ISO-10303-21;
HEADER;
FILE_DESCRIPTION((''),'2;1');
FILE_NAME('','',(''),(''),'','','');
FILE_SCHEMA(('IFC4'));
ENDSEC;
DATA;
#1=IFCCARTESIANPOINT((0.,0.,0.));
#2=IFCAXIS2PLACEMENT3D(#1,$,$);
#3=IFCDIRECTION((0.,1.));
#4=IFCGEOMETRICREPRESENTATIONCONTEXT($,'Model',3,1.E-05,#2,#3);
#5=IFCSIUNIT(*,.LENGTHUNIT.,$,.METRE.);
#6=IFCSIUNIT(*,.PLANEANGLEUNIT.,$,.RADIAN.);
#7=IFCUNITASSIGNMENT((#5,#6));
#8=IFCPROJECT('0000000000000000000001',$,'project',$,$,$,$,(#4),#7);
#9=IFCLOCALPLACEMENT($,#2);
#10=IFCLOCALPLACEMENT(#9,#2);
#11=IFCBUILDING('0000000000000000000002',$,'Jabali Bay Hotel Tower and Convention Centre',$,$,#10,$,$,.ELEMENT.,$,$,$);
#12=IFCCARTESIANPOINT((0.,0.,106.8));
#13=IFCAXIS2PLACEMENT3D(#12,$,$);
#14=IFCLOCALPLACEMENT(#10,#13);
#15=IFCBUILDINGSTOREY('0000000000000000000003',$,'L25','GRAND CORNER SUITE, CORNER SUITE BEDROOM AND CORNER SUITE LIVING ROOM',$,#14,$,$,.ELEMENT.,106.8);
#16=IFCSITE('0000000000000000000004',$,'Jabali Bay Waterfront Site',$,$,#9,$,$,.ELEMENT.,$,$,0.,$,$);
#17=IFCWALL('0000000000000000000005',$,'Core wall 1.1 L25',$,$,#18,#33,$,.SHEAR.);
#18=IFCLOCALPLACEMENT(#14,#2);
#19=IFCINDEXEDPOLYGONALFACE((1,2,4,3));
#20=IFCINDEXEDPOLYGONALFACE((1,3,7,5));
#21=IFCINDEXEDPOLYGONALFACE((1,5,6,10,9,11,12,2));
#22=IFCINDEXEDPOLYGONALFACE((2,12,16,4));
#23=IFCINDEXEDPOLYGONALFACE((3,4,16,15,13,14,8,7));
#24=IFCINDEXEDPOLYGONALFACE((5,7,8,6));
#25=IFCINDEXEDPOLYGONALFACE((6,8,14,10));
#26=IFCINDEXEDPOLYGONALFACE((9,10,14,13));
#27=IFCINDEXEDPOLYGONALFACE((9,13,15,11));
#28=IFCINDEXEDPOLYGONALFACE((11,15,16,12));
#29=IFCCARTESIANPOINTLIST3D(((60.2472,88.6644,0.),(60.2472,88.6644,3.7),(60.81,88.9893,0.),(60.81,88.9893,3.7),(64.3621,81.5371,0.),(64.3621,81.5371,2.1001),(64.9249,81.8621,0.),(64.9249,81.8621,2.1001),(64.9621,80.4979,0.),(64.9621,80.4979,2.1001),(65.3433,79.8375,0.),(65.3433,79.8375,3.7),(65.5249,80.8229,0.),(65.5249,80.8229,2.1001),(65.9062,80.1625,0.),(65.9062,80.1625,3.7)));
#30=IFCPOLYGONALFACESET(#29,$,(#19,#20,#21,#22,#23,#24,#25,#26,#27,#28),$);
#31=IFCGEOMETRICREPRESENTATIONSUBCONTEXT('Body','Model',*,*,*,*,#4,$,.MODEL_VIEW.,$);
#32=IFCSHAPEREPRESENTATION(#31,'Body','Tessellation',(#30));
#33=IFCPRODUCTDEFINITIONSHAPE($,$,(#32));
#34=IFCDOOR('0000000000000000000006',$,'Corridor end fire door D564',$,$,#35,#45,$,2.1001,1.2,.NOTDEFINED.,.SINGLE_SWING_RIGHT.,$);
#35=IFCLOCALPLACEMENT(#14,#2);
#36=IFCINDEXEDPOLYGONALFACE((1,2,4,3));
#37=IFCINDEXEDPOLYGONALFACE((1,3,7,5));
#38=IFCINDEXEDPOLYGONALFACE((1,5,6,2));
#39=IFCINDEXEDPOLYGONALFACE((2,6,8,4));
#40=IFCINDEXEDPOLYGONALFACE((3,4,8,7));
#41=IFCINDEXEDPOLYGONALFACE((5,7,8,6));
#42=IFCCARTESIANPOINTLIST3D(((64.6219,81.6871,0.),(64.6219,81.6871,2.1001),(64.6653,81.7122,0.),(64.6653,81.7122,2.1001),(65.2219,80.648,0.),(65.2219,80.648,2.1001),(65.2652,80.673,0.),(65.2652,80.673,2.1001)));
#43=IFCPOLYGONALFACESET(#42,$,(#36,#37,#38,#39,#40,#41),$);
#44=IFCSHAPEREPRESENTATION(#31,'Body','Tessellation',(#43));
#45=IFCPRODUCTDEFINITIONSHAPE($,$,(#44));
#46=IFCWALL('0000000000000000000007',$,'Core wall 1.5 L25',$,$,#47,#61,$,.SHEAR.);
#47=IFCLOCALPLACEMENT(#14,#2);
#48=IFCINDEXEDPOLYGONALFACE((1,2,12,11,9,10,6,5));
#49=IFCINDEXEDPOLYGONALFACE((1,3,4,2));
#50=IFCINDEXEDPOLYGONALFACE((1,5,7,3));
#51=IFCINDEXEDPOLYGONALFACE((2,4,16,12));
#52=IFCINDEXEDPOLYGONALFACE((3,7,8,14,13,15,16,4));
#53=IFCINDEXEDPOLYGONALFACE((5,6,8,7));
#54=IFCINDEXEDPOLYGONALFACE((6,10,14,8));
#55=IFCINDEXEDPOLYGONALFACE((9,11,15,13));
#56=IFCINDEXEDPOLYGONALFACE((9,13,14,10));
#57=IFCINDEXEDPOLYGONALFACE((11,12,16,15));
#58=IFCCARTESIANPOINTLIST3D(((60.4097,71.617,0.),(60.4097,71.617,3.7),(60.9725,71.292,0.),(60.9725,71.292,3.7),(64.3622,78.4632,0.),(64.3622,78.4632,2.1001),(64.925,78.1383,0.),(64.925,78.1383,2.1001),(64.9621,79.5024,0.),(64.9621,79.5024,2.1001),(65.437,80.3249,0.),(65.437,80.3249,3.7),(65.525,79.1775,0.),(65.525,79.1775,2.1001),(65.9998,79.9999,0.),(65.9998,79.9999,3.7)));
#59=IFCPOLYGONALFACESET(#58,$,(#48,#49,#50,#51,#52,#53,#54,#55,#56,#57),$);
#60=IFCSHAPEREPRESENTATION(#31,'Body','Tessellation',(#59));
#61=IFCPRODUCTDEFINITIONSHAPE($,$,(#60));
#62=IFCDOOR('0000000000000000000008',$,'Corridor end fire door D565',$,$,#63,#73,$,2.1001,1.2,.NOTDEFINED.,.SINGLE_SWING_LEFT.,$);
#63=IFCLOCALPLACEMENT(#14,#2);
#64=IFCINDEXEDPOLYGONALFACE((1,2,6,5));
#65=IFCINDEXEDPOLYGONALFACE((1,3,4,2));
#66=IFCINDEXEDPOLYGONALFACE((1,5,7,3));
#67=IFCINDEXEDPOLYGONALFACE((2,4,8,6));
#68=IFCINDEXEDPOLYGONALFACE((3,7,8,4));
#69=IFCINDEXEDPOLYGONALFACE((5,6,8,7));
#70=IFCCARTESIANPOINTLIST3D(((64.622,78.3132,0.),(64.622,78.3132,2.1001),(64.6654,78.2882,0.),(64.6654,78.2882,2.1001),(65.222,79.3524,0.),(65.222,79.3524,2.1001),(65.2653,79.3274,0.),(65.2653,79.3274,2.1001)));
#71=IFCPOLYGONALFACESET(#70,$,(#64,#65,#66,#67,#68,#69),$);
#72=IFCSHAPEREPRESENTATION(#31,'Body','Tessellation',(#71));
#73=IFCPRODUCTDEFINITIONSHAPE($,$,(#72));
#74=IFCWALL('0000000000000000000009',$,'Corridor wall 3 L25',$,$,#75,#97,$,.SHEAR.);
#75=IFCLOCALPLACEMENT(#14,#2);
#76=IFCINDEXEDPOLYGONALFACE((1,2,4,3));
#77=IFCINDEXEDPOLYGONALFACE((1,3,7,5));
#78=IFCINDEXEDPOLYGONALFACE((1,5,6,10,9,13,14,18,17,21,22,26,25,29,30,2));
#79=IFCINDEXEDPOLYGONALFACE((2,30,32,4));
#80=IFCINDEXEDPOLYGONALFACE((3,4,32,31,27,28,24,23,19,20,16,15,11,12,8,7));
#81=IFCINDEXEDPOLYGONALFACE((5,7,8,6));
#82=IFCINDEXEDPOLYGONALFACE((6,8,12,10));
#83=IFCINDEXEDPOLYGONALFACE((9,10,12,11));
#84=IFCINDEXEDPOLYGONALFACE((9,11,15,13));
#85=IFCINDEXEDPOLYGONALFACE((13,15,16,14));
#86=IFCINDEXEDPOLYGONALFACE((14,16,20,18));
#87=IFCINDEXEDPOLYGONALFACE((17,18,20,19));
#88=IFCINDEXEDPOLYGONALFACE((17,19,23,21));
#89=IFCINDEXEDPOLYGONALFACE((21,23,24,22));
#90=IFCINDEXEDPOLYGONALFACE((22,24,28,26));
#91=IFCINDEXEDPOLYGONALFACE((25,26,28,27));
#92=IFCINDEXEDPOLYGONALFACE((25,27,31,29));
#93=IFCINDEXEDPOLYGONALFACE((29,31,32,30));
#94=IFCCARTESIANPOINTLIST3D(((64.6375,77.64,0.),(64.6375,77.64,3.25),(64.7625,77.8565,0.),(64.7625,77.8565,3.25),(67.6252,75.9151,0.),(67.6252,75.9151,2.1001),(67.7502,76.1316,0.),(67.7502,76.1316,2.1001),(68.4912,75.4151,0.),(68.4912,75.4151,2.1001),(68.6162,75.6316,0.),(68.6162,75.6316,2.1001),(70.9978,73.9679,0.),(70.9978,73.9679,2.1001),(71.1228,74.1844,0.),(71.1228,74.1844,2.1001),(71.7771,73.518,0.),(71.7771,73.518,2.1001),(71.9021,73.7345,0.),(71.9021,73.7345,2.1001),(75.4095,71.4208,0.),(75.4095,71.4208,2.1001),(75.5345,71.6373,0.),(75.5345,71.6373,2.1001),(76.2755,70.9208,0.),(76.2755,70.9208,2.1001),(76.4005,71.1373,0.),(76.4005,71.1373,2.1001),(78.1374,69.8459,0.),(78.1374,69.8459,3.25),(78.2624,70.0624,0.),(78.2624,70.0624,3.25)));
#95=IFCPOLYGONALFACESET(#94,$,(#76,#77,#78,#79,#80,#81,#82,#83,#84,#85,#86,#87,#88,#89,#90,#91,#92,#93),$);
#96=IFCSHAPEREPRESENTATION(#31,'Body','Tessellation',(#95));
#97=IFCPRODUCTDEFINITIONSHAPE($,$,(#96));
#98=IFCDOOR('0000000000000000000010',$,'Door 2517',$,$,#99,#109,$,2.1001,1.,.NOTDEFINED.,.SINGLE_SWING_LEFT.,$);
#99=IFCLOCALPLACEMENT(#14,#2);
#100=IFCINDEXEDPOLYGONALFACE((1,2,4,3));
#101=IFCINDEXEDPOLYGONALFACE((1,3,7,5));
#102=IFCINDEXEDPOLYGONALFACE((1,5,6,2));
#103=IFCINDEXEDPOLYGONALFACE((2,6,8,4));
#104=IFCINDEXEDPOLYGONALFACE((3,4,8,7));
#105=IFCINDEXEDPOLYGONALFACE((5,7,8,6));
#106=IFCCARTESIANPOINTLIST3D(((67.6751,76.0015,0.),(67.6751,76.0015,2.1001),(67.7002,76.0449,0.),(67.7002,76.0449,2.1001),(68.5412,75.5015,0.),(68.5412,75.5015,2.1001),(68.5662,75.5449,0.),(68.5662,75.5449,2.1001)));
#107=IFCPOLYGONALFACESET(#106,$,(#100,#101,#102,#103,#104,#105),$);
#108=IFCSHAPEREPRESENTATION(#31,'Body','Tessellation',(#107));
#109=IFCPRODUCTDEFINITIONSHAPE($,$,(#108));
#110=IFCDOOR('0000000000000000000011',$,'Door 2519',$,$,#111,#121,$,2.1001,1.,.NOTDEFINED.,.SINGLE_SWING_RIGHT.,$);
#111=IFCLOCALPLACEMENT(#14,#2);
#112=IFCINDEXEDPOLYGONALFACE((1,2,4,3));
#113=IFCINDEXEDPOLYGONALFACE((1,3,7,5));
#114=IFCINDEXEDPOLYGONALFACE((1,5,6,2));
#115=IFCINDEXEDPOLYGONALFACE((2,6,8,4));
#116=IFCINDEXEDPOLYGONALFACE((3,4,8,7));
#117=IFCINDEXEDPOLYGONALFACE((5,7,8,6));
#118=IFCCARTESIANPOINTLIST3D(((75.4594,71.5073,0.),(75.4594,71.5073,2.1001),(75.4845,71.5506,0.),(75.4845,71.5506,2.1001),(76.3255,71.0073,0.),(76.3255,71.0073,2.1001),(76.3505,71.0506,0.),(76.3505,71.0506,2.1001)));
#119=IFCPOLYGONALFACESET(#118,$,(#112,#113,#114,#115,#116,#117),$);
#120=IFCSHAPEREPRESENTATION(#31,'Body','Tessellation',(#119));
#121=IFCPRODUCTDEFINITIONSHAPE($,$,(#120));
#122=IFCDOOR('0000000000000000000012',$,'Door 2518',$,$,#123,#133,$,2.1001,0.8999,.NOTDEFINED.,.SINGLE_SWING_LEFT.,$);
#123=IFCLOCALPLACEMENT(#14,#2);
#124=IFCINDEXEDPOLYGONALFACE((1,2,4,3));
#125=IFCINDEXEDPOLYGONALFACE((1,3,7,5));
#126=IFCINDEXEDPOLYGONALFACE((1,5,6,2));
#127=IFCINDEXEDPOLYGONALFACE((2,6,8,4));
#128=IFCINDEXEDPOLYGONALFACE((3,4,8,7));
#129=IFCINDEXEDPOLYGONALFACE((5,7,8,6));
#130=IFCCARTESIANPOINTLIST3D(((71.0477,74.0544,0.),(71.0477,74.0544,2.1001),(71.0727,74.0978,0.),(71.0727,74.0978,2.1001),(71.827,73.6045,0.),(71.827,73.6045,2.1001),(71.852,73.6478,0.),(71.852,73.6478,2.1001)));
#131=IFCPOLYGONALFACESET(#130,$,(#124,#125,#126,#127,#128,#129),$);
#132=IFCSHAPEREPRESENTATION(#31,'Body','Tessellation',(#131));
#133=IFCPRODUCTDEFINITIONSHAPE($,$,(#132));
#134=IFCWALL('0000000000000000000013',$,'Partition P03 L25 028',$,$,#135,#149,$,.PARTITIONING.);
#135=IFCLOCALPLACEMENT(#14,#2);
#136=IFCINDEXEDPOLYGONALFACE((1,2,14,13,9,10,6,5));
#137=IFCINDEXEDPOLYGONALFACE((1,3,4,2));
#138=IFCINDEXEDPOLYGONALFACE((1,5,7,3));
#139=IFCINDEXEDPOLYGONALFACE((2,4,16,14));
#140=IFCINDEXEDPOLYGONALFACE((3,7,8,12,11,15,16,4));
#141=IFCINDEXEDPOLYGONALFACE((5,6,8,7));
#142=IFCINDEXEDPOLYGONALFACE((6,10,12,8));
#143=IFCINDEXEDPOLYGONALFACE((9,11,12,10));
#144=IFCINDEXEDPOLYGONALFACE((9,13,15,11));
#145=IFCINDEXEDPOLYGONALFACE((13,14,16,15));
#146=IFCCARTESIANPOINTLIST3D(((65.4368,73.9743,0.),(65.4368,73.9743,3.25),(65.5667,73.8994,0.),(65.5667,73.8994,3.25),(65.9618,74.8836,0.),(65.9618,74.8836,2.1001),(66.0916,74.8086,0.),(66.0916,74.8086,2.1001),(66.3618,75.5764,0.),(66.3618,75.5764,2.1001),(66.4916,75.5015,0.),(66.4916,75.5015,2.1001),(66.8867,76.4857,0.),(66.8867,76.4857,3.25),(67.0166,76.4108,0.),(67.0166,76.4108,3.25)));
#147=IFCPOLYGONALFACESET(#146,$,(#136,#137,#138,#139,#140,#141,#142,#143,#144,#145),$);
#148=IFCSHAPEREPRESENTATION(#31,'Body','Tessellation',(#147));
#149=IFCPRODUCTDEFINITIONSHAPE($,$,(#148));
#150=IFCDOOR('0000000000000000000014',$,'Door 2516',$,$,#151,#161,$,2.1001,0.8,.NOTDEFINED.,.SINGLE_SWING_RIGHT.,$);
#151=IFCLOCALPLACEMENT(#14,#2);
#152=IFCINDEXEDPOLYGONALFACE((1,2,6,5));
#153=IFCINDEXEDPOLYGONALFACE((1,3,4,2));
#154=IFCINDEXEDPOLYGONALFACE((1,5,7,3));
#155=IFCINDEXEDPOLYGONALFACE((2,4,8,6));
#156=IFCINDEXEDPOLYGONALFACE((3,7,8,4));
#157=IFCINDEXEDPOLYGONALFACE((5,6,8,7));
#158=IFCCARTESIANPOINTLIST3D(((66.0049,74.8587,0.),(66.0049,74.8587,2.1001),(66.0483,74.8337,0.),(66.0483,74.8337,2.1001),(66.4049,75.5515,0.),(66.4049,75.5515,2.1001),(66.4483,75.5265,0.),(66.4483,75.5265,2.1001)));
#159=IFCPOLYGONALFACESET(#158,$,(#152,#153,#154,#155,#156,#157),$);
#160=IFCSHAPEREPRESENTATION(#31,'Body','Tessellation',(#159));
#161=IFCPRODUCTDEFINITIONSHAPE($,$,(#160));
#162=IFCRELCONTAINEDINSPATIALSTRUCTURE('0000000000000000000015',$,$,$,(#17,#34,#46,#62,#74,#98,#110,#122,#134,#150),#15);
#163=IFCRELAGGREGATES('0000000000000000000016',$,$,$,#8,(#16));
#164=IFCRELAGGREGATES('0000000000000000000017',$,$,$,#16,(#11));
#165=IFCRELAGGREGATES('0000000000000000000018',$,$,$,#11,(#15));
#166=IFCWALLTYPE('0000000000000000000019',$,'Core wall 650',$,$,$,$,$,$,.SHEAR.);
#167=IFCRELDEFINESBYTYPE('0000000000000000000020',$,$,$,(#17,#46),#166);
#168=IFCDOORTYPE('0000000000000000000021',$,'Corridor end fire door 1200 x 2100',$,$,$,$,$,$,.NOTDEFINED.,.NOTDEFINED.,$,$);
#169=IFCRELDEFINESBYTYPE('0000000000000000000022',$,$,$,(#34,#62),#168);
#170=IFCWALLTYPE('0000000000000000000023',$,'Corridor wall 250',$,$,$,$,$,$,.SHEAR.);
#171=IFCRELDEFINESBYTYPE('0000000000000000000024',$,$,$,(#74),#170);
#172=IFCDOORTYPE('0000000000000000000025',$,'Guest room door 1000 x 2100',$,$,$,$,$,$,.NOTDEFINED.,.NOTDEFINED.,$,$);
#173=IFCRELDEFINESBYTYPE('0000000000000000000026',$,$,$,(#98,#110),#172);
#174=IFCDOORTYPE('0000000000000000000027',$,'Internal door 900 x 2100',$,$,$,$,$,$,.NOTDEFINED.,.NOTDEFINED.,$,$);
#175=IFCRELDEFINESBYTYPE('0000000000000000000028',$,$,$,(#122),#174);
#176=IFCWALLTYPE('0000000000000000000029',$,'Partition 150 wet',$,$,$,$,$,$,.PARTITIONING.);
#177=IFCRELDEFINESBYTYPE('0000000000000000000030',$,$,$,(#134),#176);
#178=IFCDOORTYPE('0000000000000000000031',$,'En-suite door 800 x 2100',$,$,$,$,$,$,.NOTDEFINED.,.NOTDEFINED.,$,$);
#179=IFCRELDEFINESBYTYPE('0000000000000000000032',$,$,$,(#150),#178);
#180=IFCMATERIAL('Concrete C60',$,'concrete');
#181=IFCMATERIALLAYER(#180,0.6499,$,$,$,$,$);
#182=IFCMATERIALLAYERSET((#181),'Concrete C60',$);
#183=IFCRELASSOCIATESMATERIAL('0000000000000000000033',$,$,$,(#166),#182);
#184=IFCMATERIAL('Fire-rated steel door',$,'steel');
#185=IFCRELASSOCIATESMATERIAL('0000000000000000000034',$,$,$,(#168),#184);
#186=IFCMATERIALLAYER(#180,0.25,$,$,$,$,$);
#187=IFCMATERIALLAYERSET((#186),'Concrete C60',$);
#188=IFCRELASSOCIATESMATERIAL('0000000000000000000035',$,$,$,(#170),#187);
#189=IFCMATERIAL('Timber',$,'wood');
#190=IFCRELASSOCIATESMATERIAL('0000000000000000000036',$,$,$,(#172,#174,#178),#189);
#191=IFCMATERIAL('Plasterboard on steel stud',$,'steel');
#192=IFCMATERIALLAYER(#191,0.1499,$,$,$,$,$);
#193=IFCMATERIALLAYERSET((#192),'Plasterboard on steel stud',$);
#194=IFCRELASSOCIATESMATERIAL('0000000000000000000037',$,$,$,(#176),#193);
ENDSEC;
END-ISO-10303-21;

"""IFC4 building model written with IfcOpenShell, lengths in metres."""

from ifc_helpers import new_model, si_unit, direction, frame, frame_2d, origin, place, context, subcontext, project, spatial, rectangle, extrude, material, layer, layer_set, type_object, element, fill, save


model = new_model("IFC4")

# Units and contexts
model_context = context("Model", 3, precision=1e-05, world=origin(), true_north=direction((0.0, 1.0)))
body_context = subcontext(model_context, "Body", "Model", "MODEL_VIEW")
ifc_project = project(units=[si_unit("LENGTHUNIT", "METRE"), si_unit("PLANEANGLEUNIT", "RADIAN")], contexts=[model_context])

# Site, building, storey
site_placement = place(None, origin())
site = spatial("IfcSite", under=ifc_project, at=site_placement, Name="Jabali Bay Waterfront Site", CompositionType="ELEMENT", RefElevation=0.0)
building_placement = place(site_placement, origin())
building = spatial("IfcBuilding", under=site, at=building_placement, Name="Jabali Bay Hotel Tower and Convention Centre", CompositionType="ELEMENT")
storey_placement = place(building_placement, frame((0.0, 0.0, 106.8)))
storey = spatial("IfcBuildingStorey", under=building, at=storey_placement, Name="L25", Description="GRAND CORNER SUITE, CORNER SUITE BEDROOM AND CORNER SUITE LIVING ROOM", CompositionType="ELEMENT", Elevation=106.8)

# Shared definitions
ifc_material_1 = material(Name="Concrete C60", Category="concrete")

# Shared definitions
ifc_material_2 = material(Name="Fire-rated steel door", Category="steel")

# Walls, openings, doors
ifc_layer_1 = layer(ifc_material_1, 0.6499)
ifc_layer_set_1 = layer_set([ifc_layer_1], Name="Concrete C60")
wall_type_1 = type_object("IfcWallType", Name="Core wall 650", PredefinedType="SHEAR", material=ifc_layer_set_1)
wall_1_placement = place(storey_placement, frame((65.6248, 80.0, 0.0), z_axis=(0.0, 0.0, 1.0), x_axis=(-0.499998, 0.866026, 0.0)))
wall_1 = element("IfcWall", 1, at=wall_1_placement, inside=storey, type_object=wall_type_1, Name="Core wall 1.1 L25", PredefinedType="SHEAR", context=body_context, shape_type="SweptSolid", body=[
    extrude(rectangle(XDim=10.1924, YDim=0.6499, at=frame_2d((5.0962, 0.0))), origin(), (0.0, 0.0, 1.0), 3.7),
])
opening_1_placement = place(wall_1_placement, frame((0.7625, 0.0, 0.0)))
opening_1 = element("IfcOpeningElement", 2, at=opening_1_placement, cuts=wall_1, PredefinedType="OPENING", context=body_context, shape_type="SweptSolid", body=[
    extrude(rectangle(XDim=1.2, YDim=2.1001, at=frame_2d((0.6001, 1.05))), frame((0.0, 0.3354, 0.0), z_axis=(0.0, -1.0, 0.0), x_axis=(1.0, 0.0, 0.0)), (0.0, 0.0, 1.0), 0.6709),
])
door_type_1 = type_object("IfcDoorType", Name="Corridor end fire door 1200 x 2100", OperationType="NOTDEFINED", PredefinedType="NOTDEFINED", material=ifc_material_2)
door_1_placement = place(opening_1_placement, origin())
door_1 = element("IfcDoor", 3, at=door_1_placement, inside=storey, type_object=door_type_1, Name="Corridor end fire door D564", OperationType="SINGLE_SWING_RIGHT", OverallHeight=2.1001, OverallWidth=1.2, PredefinedType="NOTDEFINED", context=body_context, shape_type="SweptSolid", body=[
    extrude(rectangle(XDim=1.2, YDim=2.1001, at=frame_2d((0.6001, 1.05))), frame((0.0, 0.0249, 0.0), z_axis=(0.0, -1.0, 0.0), x_axis=(1.0, 0.0, 0.0)), (0.0, 0.0, 1.0), 0.05),
])
fill(opening_1, door_1)
wall_2_placement = place(storey_placement, frame((60.6912, 71.4546, 0.0), z_axis=(0.0, 0.0, 1.0), x_axis=(0.499983, 0.866035, 0.0)))
wall_2 = element("IfcWall", 4, at=wall_2_placement, inside=storey, type_object=wall_type_1, Name="Core wall 1.5 L25", PredefinedType="SHEAR", context=body_context, shape_type="SweptSolid", body=[
    extrude(rectangle(XDim=10.0549, YDim=0.6499, at=frame_2d((5.0273, 0.0))), origin(), (0.0, 0.0, 1.0), 3.7),
])
opening_2_placement = place(wall_2_placement, frame((7.905, 0.0, 0.0)))
opening_2 = element("IfcOpeningElement", 5, at=opening_2_placement, cuts=wall_2, PredefinedType="OPENING", context=body_context, shape_type="SweptSolid", body=[
    extrude(rectangle(XDim=1.2, YDim=2.1001, at=frame_2d((0.6001, 1.05))), frame((0.0, 0.3354, 0.0), z_axis=(0.0, -1.0, 0.0), x_axis=(1.0, 0.0, 0.0)), (0.0, 0.0, 1.0), 0.6709),
])
door_2_placement = place(opening_2_placement, origin())
door_2 = element("IfcDoor", 6, at=door_2_placement, inside=storey, type_object=door_type_1, Name="Corridor end fire door D565", OperationType="SINGLE_SWING_LEFT", OverallHeight=2.1001, OverallWidth=1.2, PredefinedType="NOTDEFINED", context=body_context, shape_type="SweptSolid", body=[
    extrude(rectangle(XDim=1.2, YDim=2.1001, at=frame_2d((0.6001, 1.05))), frame((0.0, 0.0249, 0.0), z_axis=(0.0, -1.0, 0.0), x_axis=(1.0, 0.0, 0.0)), (0.0, 0.0, 1.0), 0.05),
])
fill(opening_2, door_2)

# Wall, openings, doors
ifc_layer_2 = layer(ifc_material_1, 0.25)
ifc_layer_set_2 = layer_set([ifc_layer_2], Name="Concrete C60")
wall_type_2 = type_object("IfcWallType", Name="Corridor wall 250", PredefinedType="SHEAR", material=ifc_layer_set_2)
wall_3_placement = place(storey_placement, frame((64.7, 77.7483, 0.0), z_axis=(0.0, 0.0, 1.0), x_axis=(0.866026, -0.499998, 0.0)))
wall_3 = element("IfcWall", 7, at=wall_3_placement, inside=storey, type_object=wall_type_2, Name="Corridor wall 3 L25", PredefinedType="SHEAR", context=body_context, shape_type="SweptSolid", body=[
    extrude(rectangle(XDim=15.5884, YDim=0.25, at=frame_2d((7.7942, 0.0))), origin(), (0.0, 0.0, 1.0), 3.25),
])
opening_3_placement = place(wall_3_placement, frame((3.45, 0.0, 0.0)))
opening_3 = element("IfcOpeningElement", 8, at=opening_3_placement, cuts=wall_3, PredefinedType="OPENING", context=body_context, shape_type="SweptSolid", body=[
    extrude(rectangle(XDim=1.0, YDim=2.1001, at=frame_2d((0.5, 1.05))), frame((0.0, 0.1355, 0.0), z_axis=(0.0, -1.0, 0.0), x_axis=(1.0, 0.0, 0.0)), (0.0, 0.0, 1.0), 0.271),
])
opening_4_placement = place(wall_3_placement, frame((7.3442, 0.0, 0.0)))
opening_4 = element("IfcOpeningElement", 9, at=opening_4_placement, cuts=wall_3, PredefinedType="OPENING", context=body_context, shape_type="SweptSolid", body=[
    extrude(rectangle(XDim=0.8999, YDim=2.1001, at=frame_2d((0.45, 1.05))), frame((0.0, 0.1355, 0.0), z_axis=(0.0, -1.0, 0.0), x_axis=(1.0, 0.0, 0.0)), (0.0, 0.0, 1.0), 0.271),
])
opening_5_placement = place(wall_3_placement, frame((12.4385, 0.0, 0.0)))
opening_5 = element("IfcOpeningElement", 10, at=opening_5_placement, cuts=wall_3, PredefinedType="OPENING", context=body_context, shape_type="SweptSolid", body=[
    extrude(rectangle(XDim=1.0, YDim=2.1001, at=frame_2d((0.5, 1.05))), frame((0.0, 0.1355, 0.0), z_axis=(0.0, -1.0, 0.0), x_axis=(1.0, 0.0, 0.0)), (0.0, 0.0, 1.0), 0.271),
])
ifc_material_3 = material(Name="Timber", Category="wood")
door_type_2 = type_object("IfcDoorType", Name="Guest room door 1000 x 2100", OperationType="NOTDEFINED", PredefinedType="NOTDEFINED", material=ifc_material_3)
door_3_placement = place(opening_3_placement, origin())
door_3 = element("IfcDoor", 11, at=door_3_placement, inside=storey, type_object=door_type_2, Name="Door 2517", OperationType="SINGLE_SWING_LEFT", OverallHeight=2.1001, OverallWidth=1.0, PredefinedType="NOTDEFINED", context=body_context, shape_type="SweptSolid", body=[
    extrude(rectangle(XDim=1.0, YDim=2.1001, at=frame_2d((0.5, 1.05))), frame((0.0, 0.0249, 0.0), z_axis=(0.0, -1.0, 0.0), x_axis=(1.0, 0.0, 0.0)), (0.0, 0.0, 1.0), 0.05),
])
fill(opening_3, door_3)
door_4_placement = place(opening_5_placement, origin())
door_4 = element("IfcDoor", 12, at=door_4_placement, inside=storey, type_object=door_type_2, Name="Door 2519", OperationType="SINGLE_SWING_RIGHT", OverallHeight=2.1001, OverallWidth=1.0, PredefinedType="NOTDEFINED", context=body_context, shape_type="SweptSolid", body=[
    extrude(rectangle(XDim=1.0, YDim=2.1001, at=frame_2d((0.5, 1.05))), frame((0.0, 0.0249, 0.0), z_axis=(0.0, -1.0, 0.0), x_axis=(1.0, 0.0, 0.0)), (0.0, 0.0, 1.0), 0.05),
])
fill(opening_5, door_4)
door_type_3 = type_object("IfcDoorType", Name="Internal door 900 x 2100", OperationType="NOTDEFINED", PredefinedType="NOTDEFINED", material=ifc_material_3)
door_5_placement = place(opening_4_placement, origin())
door_5 = element("IfcDoor", 13, at=door_5_placement, inside=storey, type_object=door_type_3, Name="Door 2518", OperationType="SINGLE_SWING_LEFT", OverallHeight=2.1001, OverallWidth=0.8999, PredefinedType="NOTDEFINED", context=body_context, shape_type="SweptSolid", body=[
    extrude(rectangle(XDim=0.8999, YDim=2.1001, at=frame_2d((0.45, 1.05))), frame((0.0, 0.0249, 0.0), z_axis=(0.0, -1.0, 0.0), x_axis=(1.0, 0.0, 0.0)), (0.0, 0.0, 1.0), 0.05),
])
fill(opening_4, door_5)

# Wall, opening, door
ifc_material_4 = material(Name="Plasterboard on steel stud", Category="steel")
ifc_layer_3 = layer(ifc_material_4, 0.1499)
ifc_layer_set_3 = layer_set([ifc_layer_3], Name="Plasterboard on steel stud")
wall_type_3 = type_object("IfcWallType", Name="Partition 150 wet", PredefinedType="PARTITIONING", material=ifc_layer_set_3)
wall_4_placement = place(storey_placement, frame((66.9517, 76.4482, 0.0), z_axis=(0.0, 0.0, 1.0), x_axis=(-0.499987, -0.866033, 0.0)))
wall_4 = element("IfcWall", 14, at=wall_4_placement, inside=storey, type_object=wall_type_3, Name="Partition P03 L25 028", PredefinedType="PARTITIONING", context=body_context, shape_type="SweptSolid", body=[
    extrude(rectangle(XDim=2.8999, YDim=0.1499, at=frame_2d((1.45, 0.0))), origin(), (0.0, 0.0, 1.0), 3.25),
])
opening_6_placement = place(wall_4_placement, frame((1.05, 0.0, 0.0)))
opening_6 = element("IfcOpeningElement", 15, at=opening_6_placement, cuts=wall_4, PredefinedType="OPENING", context=body_context, shape_type="SweptSolid", body=[
    extrude(rectangle(XDim=0.8, YDim=2.1001, at=frame_2d((0.3999, 1.05))), frame((0.0, 0.0854, 0.0), z_axis=(0.0, -1.0, 0.0), x_axis=(1.0, 0.0, 0.0)), (0.0, 0.0, 1.0), 0.1709),
])
door_type_4 = type_object("IfcDoorType", Name="En-suite door 800 x 2100", OperationType="NOTDEFINED", PredefinedType="NOTDEFINED", material=ifc_material_3)
door_6_placement = place(opening_6_placement, origin())
door_6 = element("IfcDoor", 16, at=door_6_placement, inside=storey, type_object=door_type_4, Name="Door 2516", OperationType="SINGLE_SWING_RIGHT", OverallHeight=2.1001, OverallWidth=0.8, PredefinedType="NOTDEFINED", context=body_context, shape_type="SweptSolid", body=[
    extrude(rectangle(XDim=0.8, YDim=2.1001, at=frame_2d((0.3999, 1.05))), frame((0.0, 0.0249, 0.0), z_axis=(0.0, -1.0, 0.0), x_axis=(1.0, 0.0, 0.0)), (0.0, 0.0, 1.0), 0.05),
])
fill(opening_6, door_6)

save(model, "model.ifc")
